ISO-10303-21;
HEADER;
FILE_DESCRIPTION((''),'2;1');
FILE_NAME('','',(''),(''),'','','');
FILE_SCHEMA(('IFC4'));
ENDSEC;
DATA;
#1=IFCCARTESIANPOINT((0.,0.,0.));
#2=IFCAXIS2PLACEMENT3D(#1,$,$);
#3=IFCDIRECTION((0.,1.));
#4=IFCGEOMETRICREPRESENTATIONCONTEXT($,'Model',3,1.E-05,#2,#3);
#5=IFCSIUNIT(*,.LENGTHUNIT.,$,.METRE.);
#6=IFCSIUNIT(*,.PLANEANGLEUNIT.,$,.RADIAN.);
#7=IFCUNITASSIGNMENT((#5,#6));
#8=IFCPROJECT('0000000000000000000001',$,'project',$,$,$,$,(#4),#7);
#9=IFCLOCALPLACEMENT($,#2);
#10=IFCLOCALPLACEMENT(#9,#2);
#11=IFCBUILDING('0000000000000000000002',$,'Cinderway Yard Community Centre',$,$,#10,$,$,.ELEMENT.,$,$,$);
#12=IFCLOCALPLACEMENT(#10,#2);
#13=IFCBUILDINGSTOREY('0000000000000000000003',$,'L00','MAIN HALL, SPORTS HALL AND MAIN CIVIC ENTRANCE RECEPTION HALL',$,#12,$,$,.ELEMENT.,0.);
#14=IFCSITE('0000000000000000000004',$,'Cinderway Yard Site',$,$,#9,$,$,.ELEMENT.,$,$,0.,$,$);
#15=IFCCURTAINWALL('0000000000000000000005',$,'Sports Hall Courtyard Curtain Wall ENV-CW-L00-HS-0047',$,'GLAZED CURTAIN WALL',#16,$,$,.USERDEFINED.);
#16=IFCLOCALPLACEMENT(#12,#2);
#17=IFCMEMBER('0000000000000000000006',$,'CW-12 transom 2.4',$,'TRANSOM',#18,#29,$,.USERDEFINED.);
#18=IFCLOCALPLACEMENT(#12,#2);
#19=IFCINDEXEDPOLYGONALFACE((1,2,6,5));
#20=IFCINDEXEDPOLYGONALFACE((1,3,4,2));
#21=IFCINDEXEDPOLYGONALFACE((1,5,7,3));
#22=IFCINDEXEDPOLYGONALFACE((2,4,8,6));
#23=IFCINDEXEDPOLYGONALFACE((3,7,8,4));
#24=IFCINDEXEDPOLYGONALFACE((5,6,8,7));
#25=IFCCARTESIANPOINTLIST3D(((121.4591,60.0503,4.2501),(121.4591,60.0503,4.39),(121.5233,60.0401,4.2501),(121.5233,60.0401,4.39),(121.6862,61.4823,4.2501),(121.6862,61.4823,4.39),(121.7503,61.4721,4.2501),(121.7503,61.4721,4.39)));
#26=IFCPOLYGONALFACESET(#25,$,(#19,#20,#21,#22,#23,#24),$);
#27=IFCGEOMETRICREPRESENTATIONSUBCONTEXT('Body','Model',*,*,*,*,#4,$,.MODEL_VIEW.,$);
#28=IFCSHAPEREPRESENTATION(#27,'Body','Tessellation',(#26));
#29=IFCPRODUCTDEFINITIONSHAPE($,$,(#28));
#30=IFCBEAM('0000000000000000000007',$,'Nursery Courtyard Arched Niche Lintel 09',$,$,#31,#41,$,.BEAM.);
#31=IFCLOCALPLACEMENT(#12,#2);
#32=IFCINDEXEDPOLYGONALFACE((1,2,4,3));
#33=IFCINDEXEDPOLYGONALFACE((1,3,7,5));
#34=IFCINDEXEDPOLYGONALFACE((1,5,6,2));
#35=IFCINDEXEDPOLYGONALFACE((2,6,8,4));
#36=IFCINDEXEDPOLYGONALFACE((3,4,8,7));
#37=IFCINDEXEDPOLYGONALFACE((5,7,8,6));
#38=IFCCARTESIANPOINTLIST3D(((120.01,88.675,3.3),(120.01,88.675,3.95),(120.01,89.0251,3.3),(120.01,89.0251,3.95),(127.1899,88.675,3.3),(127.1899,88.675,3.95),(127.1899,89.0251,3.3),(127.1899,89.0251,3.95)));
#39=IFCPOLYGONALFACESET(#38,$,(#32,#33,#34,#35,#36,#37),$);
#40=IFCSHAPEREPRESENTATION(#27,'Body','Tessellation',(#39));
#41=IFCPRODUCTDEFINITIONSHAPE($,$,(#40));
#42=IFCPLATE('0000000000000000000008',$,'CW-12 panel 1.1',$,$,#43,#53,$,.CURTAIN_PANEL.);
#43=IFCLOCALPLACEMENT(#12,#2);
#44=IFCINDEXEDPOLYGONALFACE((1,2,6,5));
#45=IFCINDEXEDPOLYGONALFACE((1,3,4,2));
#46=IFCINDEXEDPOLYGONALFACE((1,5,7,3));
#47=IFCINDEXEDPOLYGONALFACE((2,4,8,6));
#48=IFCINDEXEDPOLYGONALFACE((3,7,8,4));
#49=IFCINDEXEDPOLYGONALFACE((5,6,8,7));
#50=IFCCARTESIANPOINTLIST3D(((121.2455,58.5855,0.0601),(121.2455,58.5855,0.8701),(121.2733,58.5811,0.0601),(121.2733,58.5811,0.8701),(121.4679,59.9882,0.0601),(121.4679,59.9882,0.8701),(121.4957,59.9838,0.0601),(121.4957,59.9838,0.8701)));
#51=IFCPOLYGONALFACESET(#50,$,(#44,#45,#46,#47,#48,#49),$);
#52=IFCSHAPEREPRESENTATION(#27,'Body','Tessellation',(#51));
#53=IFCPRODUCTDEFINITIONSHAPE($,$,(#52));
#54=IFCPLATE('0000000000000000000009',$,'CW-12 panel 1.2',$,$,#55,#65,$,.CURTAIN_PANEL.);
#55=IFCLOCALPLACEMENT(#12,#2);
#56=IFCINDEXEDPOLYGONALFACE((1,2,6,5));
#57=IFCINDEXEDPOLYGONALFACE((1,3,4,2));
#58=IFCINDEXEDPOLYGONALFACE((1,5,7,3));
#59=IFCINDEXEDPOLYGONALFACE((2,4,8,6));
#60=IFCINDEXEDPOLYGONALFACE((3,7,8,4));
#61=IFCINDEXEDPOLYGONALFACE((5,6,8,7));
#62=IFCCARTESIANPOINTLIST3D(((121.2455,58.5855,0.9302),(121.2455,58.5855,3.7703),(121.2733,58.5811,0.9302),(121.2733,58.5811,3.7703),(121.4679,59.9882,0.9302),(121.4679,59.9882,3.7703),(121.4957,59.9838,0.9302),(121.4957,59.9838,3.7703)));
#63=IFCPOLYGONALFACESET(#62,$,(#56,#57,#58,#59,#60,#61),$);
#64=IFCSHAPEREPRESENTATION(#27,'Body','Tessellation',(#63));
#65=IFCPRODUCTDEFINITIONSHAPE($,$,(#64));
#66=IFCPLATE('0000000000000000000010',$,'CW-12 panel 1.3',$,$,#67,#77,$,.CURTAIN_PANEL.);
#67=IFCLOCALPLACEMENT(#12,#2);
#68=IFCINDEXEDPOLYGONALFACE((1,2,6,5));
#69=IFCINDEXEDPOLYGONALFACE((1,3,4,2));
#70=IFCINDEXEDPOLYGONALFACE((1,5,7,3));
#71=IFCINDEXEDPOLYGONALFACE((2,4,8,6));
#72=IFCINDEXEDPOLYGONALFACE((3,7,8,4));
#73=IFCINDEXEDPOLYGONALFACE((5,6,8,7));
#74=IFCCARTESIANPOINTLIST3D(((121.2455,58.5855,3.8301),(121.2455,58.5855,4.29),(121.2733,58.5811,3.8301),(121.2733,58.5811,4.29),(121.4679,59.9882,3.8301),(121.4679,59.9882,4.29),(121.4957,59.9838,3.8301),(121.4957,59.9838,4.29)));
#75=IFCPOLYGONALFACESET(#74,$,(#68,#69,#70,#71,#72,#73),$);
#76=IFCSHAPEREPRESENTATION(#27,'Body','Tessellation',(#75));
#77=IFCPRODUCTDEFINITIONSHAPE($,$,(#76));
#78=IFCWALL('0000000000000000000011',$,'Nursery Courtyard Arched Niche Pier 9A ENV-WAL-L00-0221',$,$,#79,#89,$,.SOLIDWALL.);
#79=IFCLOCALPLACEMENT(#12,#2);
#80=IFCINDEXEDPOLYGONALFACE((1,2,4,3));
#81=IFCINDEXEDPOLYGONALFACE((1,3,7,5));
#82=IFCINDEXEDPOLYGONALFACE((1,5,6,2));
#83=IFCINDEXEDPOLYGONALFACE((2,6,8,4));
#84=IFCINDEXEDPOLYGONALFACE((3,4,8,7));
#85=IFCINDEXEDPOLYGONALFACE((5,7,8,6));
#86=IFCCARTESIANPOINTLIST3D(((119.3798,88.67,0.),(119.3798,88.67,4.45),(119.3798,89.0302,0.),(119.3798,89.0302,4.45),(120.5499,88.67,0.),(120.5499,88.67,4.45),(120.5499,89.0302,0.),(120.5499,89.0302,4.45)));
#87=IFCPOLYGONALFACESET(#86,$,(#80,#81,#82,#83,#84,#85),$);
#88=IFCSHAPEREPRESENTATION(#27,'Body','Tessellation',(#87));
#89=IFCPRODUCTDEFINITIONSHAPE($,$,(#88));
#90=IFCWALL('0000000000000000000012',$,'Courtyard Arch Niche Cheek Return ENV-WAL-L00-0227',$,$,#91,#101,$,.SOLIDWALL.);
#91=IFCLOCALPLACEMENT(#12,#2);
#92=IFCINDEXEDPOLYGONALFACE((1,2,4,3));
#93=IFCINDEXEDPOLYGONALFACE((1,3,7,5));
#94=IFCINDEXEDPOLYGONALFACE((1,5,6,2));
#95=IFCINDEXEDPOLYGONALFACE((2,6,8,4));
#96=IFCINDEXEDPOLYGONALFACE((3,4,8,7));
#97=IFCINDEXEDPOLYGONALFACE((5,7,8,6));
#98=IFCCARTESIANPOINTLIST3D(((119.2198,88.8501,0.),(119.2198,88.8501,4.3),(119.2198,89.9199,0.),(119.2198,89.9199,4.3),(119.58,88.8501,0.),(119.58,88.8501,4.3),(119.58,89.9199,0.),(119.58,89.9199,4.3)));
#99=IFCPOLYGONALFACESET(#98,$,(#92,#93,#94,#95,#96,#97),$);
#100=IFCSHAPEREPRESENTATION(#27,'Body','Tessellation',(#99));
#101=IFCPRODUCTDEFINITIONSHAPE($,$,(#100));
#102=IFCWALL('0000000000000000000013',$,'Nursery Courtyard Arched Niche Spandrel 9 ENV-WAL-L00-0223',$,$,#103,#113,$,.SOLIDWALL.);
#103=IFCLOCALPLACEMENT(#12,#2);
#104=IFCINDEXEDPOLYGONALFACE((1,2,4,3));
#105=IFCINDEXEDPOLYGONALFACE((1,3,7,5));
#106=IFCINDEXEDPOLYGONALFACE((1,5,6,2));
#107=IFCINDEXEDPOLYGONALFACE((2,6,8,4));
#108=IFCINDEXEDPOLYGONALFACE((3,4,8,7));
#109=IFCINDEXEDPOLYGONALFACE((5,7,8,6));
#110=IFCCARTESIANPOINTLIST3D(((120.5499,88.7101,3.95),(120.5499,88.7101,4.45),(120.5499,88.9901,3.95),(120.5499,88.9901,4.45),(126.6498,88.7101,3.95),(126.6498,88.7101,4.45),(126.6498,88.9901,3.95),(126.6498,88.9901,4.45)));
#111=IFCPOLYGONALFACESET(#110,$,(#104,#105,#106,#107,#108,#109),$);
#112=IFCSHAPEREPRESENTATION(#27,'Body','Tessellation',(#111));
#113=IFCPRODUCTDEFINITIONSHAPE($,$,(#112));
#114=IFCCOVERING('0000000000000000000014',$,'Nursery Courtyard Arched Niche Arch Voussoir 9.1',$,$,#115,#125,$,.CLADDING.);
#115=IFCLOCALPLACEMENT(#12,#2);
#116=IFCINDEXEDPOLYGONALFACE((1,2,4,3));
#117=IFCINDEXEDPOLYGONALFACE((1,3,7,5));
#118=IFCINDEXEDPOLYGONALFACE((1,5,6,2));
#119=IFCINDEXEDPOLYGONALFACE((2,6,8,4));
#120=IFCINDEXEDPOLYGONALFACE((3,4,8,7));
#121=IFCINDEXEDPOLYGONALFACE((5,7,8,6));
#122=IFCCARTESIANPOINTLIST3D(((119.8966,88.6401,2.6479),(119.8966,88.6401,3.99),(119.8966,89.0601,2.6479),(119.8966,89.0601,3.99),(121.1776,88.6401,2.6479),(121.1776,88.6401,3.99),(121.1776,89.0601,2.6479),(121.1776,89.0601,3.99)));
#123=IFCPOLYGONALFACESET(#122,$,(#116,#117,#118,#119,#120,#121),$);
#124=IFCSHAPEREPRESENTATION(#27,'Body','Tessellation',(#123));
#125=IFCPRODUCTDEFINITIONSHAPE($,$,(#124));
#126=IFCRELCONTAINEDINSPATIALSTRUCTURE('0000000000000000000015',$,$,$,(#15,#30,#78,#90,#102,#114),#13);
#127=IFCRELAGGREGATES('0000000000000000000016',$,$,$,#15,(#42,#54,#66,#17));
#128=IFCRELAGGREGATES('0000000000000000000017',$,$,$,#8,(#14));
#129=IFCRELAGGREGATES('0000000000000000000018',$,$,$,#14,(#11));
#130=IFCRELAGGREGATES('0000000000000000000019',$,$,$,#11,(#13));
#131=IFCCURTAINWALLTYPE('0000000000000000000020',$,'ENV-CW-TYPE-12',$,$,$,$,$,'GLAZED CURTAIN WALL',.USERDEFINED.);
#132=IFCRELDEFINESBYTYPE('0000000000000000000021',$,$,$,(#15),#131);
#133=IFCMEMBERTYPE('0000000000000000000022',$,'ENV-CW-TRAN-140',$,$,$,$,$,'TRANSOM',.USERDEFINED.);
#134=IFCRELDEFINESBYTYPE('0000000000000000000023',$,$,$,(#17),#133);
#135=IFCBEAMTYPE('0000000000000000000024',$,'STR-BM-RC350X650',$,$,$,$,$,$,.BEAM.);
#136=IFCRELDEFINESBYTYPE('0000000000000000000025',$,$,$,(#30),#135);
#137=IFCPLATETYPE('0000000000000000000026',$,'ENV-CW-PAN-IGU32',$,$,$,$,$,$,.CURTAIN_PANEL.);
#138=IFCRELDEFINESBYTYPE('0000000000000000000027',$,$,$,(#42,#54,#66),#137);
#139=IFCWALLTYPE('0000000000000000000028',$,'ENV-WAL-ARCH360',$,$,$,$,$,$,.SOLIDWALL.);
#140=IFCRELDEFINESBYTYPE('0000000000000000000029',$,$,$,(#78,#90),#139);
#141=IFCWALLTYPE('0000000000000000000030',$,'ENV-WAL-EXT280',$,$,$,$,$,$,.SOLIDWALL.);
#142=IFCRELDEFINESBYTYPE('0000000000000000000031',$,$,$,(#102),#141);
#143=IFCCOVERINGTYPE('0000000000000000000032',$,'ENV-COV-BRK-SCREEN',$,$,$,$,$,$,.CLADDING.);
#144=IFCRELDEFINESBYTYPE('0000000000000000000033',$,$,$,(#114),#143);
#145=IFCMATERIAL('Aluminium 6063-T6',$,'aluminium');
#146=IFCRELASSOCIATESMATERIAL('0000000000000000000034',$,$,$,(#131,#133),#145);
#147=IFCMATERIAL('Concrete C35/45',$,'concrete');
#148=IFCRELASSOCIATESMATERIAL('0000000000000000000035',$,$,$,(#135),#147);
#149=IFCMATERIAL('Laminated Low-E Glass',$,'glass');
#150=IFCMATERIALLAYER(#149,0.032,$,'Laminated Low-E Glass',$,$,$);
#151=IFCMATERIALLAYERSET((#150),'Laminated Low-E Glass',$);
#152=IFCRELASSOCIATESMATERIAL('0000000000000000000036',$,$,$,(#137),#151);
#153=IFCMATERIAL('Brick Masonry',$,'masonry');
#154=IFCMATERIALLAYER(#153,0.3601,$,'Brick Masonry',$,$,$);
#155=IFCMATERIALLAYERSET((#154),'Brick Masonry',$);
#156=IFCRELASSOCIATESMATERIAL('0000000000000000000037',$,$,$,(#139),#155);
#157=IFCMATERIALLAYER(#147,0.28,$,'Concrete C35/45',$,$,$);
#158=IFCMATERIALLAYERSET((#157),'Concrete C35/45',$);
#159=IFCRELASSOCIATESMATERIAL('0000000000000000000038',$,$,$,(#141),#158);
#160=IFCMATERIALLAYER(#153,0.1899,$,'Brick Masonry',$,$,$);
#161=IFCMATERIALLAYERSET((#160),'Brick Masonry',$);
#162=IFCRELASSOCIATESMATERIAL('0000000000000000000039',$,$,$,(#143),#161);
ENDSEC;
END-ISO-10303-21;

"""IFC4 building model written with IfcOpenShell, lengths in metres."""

from ifc_helpers import new_model, si_unit, direction, frame, frame_2d, origin, origin_2d, place, context, subcontext, project, spatial, rectangle, extrude, material, layer, layer_set, material_profile, profile_set, type_object, element, aggregate, save


model = new_model("IFC4")

# Units and contexts
model_context = context("Model", 3, precision=1e-05, world=origin(), true_north=direction((0.0, 1.0)))
body_context = subcontext(model_context, "Body", "Model", "MODEL_VIEW")
ifc_project = project(units=[si_unit("LENGTHUNIT", "METRE"), si_unit("PLANEANGLEUNIT", "RADIAN")], contexts=[model_context])

# Site, building, storey
site_placement = place(None, origin())
site = spatial("IfcSite", under=ifc_project, at=site_placement, Name="Cinderway Yard Site", CompositionType="ELEMENT", RefElevation=0.0)
building_placement = place(site_placement, origin())
building = spatial("IfcBuilding", under=site, at=building_placement, Name="Cinderway Yard Community Centre", CompositionType="ELEMENT")
storey_placement = place(building_placement, origin())
storey = spatial("IfcBuildingStorey", under=building, at=storey_placement, Name="L00", Description="MAIN HALL, SPORTS HALL AND MAIN CIVIC ENTRANCE RECEPTION HALL", CompositionType="ELEMENT", Elevation=0.0)

# Curtain wall, member
ifc_material_1 = material(Name="Aluminium 6063-T6", Category="aluminium")
curtain_wall_type = type_object("IfcCurtainWallType", Name="ENV-CW-TYPE-12", ElementType="GLAZED CURTAIN WALL", PredefinedType="USERDEFINED", material=ifc_material_1)
curtain_wall_placement = place(storey_placement, origin())
curtain_wall = element("IfcCurtainWall", 1, at=curtain_wall_placement, inside=storey, type_object=curtain_wall_type, Name="Sports Hall Courtyard Curtain Wall ENV-CW-L00-HS-0047", ObjectType="GLAZED CURTAIN WALL", PredefinedType="USERDEFINED")
ifc_material_profile_1 = material_profile(ifc_material_1, rectangle(XDim=0.0649, YDim=0.1399, at=origin_2d()), Name="Aluminium 6063-T6")
ifc_profile_set_1 = profile_set([ifc_material_profile_1], Name="Aluminium 6063-T6")
member_type_1 = type_object("IfcMemberType", Name="ENV-CW-TRAN-140", ElementType="TRANSOM", PredefinedType="USERDEFINED", material=ifc_profile_set_1)
member_1_placement = place(storey_placement, frame((121.4912, 60.0452, 4.3201), z_axis=(0.156585, 0.987664, 0.0), x_axis=(-0.987664, 0.156585, 0.0)))
member_1 = element("IfcMember", 2, at=member_1_placement, type_object=member_type_1, Name="CW-12 transom 2.4", ObjectType="TRANSOM", PredefinedType="USERDEFINED", context=body_context, shape_type="SweptSolid", body=[
    extrude(rectangle(XDim=0.0649, YDim=0.1399, at=origin_2d()), origin(), (0.0, 0.0, 1.0), 1.45),
])

# Beam
ifc_material_2 = material(Name="Concrete C35/45", Category="concrete")
ifc_material_profile_2 = material_profile(ifc_material_2, rectangle(XDim=0.3501, YDim=0.6499, at=origin_2d()), Name="Concrete C35/45")
ifc_profile_set_2 = profile_set([ifc_material_profile_2], Name="Concrete C35/45")
beam_type = type_object("IfcBeamType", Name="STR-BM-RC350X650", PredefinedType="BEAM", material=ifc_profile_set_2)
beam_placement = place(storey_placement, frame((120.01, 88.8501, 3.625), z_axis=(1.0, 0.0, 0.0), x_axis=(0.0, 1.0, 0.0)))
element("IfcBeam", 3, at=beam_placement, inside=storey, type_object=beam_type, Name="Nursery Courtyard Arched Niche Lintel 09", PredefinedType="BEAM", context=body_context, shape_type="SweptSolid", body=[
    extrude(rectangle(XDim=0.3501, YDim=0.6499, at=origin_2d()), origin(), (0.0, 0.0, 1.0), 7.1799),
])

# Plates
ifc_material_3 = material(Name="Laminated Low-E Glass", Category="glass")
ifc_layer_1 = layer(ifc_material_3, 0.032, Name="Laminated Low-E Glass")
ifc_layer_set_1 = layer_set([ifc_layer_1], Name="Laminated Low-E Glass")
plate_type = type_object("IfcPlateType", Name="ENV-CW-PAN-IGU32", PredefinedType="CURTAIN_PANEL", material=ifc_layer_set_1)
plate_1_placement = place(storey_placement, frame((121.3706, 59.2847, 0.0601), z_axis=(0.0, 0.0, 1.0), x_axis=(0.156609, 0.987661, 0.0)))
plate_1 = element("IfcPlate", 4, at=plate_1_placement, type_object=plate_type, Name="CW-12 panel 1.1", PredefinedType="CURTAIN_PANEL", context=body_context, shape_type="SweptSolid", body=[
    extrude(rectangle(XDim=1.4202, YDim=0.0281, at=origin_2d()), origin(), (0.0, 0.0, 1.0), 0.8101),
])
plate_2_placement = place(storey_placement, frame((121.3706, 59.2847, 0.9302), z_axis=(0.0, 0.0, 1.0), x_axis=(0.156609, 0.987661, 0.0)))
plate_2 = element("IfcPlate", 5, at=plate_2_placement, type_object=plate_type, Name="CW-12 panel 1.2", PredefinedType="CURTAIN_PANEL", context=body_context, shape_type="SweptSolid", body=[
    extrude(rectangle(XDim=1.4202, YDim=0.0281, at=origin_2d()), origin(), (0.0, 0.0, 1.0), 2.8401),
])
plate_3_placement = place(storey_placement, frame((121.3706, 59.2847, 3.8301), z_axis=(0.0, 0.0, 1.0), x_axis=(0.156609, 0.987661, 0.0)))
plate_3 = element("IfcPlate", 6, at=plate_3_placement, type_object=plate_type, Name="CW-12 panel 1.3", PredefinedType="CURTAIN_PANEL", context=body_context, shape_type="SweptSolid", body=[
    extrude(rectangle(XDim=1.4202, YDim=0.0281, at=origin_2d()), origin(), (0.0, 0.0, 1.0), 0.46),
])
aggregate(curtain_wall, [plate_1, plate_2, plate_3, member_1])

# Walls
ifc_material_4 = material(Name="Brick Masonry", Category="masonry")
ifc_layer_2 = layer(ifc_material_4, 0.3601, Name="Brick Masonry")
ifc_layer_set_2 = layer_set([ifc_layer_2], Name="Brick Masonry")
wall_type_1 = type_object("IfcWallType", Name="ENV-WAL-ARCH360", PredefinedType="SOLIDWALL", material=ifc_layer_set_2)
wall_1_placement = place(storey_placement, frame((119.3799, 88.8501, 0.0), z_axis=(0.0, 0.0, 1.0), x_axis=(1.0, 0.0, 0.0)))
element("IfcWall", 7, at=wall_1_placement, inside=storey, type_object=wall_type_1, Name="Nursery Courtyard Arched Niche Pier 9A ENV-WAL-L00-0221", PredefinedType="SOLIDWALL", context=body_context, shape_type="SweptSolid", body=[
    extrude(rectangle(XDim=1.1702, YDim=0.3601, at=frame_2d((0.585, 0.0))), origin(), (0.0, 0.0, 1.0), 4.45),
])
wall_2_placement = place(storey_placement, frame((119.3999, 88.8501, 0.0), z_axis=(0.0, 0.0, 1.0), x_axis=(0.0, 1.0, 0.0)))
element("IfcWall", 8, at=wall_2_placement, inside=storey, type_object=wall_type_1, Name="Courtyard Arch Niche Cheek Return ENV-WAL-L00-0227", PredefinedType="SOLIDWALL", context=body_context, shape_type="SweptSolid", body=[
    extrude(rectangle(XDim=1.0698, YDim=0.3601, at=frame_2d((0.5349, 0.0))), origin(), (0.0, 0.0, 1.0), 4.3),
])
ifc_layer_3 = layer(ifc_material_2, 0.28, Name="Concrete C35/45")
ifc_layer_set_3 = layer_set([ifc_layer_3], Name="Concrete C35/45")
wall_type_2 = type_object("IfcWallType", Name="ENV-WAL-EXT280", PredefinedType="SOLIDWALL", material=ifc_layer_set_3)
wall_3_placement = place(storey_placement, frame((120.55, 88.8501, 3.95), z_axis=(0.0, 0.0, 1.0), x_axis=(1.0, 0.0, 0.0)))
element("IfcWall", 9, at=wall_3_placement, inside=storey, type_object=wall_type_2, Name="Nursery Courtyard Arched Niche Spandrel 9 ENV-WAL-L00-0223", PredefinedType="SOLIDWALL", context=body_context, shape_type="SweptSolid", body=[
    extrude(rectangle(XDim=6.0999, YDim=0.28, at=frame_2d((3.0498, 0.0))), origin(), (0.0, 0.0, 1.0), 0.5),
])

# Covering
ifc_layer_4 = layer(ifc_material_4, 0.1899, Name="Brick Masonry")
ifc_layer_set_4 = layer_set([ifc_layer_4], Name="Brick Masonry")
covering_type = type_object("IfcCoveringType", Name="ENV-COV-BRK-SCREEN", PredefinedType="CLADDING", material=ifc_layer_set_4)
covering_placement = place(storey_placement, frame((120.5371, 88.8501, 2.6479), z_axis=(0.0, 0.0, 1.0), x_axis=(1.0, 0.0, 0.0)))
element("IfcCovering", 10, at=covering_placement, inside=storey, type_object=covering_type, Name="Nursery Courtyard Arched Niche Arch Voussoir 9.1", PredefinedType="CLADDING", context=body_context, shape_type="SweptSolid", body=[
    extrude(rectangle(XDim=1.281, YDim=0.4199, at=origin_2d()), origin(), (0.0, 0.0, 1.0), 1.342),
])

save(model, "model.ifc")
